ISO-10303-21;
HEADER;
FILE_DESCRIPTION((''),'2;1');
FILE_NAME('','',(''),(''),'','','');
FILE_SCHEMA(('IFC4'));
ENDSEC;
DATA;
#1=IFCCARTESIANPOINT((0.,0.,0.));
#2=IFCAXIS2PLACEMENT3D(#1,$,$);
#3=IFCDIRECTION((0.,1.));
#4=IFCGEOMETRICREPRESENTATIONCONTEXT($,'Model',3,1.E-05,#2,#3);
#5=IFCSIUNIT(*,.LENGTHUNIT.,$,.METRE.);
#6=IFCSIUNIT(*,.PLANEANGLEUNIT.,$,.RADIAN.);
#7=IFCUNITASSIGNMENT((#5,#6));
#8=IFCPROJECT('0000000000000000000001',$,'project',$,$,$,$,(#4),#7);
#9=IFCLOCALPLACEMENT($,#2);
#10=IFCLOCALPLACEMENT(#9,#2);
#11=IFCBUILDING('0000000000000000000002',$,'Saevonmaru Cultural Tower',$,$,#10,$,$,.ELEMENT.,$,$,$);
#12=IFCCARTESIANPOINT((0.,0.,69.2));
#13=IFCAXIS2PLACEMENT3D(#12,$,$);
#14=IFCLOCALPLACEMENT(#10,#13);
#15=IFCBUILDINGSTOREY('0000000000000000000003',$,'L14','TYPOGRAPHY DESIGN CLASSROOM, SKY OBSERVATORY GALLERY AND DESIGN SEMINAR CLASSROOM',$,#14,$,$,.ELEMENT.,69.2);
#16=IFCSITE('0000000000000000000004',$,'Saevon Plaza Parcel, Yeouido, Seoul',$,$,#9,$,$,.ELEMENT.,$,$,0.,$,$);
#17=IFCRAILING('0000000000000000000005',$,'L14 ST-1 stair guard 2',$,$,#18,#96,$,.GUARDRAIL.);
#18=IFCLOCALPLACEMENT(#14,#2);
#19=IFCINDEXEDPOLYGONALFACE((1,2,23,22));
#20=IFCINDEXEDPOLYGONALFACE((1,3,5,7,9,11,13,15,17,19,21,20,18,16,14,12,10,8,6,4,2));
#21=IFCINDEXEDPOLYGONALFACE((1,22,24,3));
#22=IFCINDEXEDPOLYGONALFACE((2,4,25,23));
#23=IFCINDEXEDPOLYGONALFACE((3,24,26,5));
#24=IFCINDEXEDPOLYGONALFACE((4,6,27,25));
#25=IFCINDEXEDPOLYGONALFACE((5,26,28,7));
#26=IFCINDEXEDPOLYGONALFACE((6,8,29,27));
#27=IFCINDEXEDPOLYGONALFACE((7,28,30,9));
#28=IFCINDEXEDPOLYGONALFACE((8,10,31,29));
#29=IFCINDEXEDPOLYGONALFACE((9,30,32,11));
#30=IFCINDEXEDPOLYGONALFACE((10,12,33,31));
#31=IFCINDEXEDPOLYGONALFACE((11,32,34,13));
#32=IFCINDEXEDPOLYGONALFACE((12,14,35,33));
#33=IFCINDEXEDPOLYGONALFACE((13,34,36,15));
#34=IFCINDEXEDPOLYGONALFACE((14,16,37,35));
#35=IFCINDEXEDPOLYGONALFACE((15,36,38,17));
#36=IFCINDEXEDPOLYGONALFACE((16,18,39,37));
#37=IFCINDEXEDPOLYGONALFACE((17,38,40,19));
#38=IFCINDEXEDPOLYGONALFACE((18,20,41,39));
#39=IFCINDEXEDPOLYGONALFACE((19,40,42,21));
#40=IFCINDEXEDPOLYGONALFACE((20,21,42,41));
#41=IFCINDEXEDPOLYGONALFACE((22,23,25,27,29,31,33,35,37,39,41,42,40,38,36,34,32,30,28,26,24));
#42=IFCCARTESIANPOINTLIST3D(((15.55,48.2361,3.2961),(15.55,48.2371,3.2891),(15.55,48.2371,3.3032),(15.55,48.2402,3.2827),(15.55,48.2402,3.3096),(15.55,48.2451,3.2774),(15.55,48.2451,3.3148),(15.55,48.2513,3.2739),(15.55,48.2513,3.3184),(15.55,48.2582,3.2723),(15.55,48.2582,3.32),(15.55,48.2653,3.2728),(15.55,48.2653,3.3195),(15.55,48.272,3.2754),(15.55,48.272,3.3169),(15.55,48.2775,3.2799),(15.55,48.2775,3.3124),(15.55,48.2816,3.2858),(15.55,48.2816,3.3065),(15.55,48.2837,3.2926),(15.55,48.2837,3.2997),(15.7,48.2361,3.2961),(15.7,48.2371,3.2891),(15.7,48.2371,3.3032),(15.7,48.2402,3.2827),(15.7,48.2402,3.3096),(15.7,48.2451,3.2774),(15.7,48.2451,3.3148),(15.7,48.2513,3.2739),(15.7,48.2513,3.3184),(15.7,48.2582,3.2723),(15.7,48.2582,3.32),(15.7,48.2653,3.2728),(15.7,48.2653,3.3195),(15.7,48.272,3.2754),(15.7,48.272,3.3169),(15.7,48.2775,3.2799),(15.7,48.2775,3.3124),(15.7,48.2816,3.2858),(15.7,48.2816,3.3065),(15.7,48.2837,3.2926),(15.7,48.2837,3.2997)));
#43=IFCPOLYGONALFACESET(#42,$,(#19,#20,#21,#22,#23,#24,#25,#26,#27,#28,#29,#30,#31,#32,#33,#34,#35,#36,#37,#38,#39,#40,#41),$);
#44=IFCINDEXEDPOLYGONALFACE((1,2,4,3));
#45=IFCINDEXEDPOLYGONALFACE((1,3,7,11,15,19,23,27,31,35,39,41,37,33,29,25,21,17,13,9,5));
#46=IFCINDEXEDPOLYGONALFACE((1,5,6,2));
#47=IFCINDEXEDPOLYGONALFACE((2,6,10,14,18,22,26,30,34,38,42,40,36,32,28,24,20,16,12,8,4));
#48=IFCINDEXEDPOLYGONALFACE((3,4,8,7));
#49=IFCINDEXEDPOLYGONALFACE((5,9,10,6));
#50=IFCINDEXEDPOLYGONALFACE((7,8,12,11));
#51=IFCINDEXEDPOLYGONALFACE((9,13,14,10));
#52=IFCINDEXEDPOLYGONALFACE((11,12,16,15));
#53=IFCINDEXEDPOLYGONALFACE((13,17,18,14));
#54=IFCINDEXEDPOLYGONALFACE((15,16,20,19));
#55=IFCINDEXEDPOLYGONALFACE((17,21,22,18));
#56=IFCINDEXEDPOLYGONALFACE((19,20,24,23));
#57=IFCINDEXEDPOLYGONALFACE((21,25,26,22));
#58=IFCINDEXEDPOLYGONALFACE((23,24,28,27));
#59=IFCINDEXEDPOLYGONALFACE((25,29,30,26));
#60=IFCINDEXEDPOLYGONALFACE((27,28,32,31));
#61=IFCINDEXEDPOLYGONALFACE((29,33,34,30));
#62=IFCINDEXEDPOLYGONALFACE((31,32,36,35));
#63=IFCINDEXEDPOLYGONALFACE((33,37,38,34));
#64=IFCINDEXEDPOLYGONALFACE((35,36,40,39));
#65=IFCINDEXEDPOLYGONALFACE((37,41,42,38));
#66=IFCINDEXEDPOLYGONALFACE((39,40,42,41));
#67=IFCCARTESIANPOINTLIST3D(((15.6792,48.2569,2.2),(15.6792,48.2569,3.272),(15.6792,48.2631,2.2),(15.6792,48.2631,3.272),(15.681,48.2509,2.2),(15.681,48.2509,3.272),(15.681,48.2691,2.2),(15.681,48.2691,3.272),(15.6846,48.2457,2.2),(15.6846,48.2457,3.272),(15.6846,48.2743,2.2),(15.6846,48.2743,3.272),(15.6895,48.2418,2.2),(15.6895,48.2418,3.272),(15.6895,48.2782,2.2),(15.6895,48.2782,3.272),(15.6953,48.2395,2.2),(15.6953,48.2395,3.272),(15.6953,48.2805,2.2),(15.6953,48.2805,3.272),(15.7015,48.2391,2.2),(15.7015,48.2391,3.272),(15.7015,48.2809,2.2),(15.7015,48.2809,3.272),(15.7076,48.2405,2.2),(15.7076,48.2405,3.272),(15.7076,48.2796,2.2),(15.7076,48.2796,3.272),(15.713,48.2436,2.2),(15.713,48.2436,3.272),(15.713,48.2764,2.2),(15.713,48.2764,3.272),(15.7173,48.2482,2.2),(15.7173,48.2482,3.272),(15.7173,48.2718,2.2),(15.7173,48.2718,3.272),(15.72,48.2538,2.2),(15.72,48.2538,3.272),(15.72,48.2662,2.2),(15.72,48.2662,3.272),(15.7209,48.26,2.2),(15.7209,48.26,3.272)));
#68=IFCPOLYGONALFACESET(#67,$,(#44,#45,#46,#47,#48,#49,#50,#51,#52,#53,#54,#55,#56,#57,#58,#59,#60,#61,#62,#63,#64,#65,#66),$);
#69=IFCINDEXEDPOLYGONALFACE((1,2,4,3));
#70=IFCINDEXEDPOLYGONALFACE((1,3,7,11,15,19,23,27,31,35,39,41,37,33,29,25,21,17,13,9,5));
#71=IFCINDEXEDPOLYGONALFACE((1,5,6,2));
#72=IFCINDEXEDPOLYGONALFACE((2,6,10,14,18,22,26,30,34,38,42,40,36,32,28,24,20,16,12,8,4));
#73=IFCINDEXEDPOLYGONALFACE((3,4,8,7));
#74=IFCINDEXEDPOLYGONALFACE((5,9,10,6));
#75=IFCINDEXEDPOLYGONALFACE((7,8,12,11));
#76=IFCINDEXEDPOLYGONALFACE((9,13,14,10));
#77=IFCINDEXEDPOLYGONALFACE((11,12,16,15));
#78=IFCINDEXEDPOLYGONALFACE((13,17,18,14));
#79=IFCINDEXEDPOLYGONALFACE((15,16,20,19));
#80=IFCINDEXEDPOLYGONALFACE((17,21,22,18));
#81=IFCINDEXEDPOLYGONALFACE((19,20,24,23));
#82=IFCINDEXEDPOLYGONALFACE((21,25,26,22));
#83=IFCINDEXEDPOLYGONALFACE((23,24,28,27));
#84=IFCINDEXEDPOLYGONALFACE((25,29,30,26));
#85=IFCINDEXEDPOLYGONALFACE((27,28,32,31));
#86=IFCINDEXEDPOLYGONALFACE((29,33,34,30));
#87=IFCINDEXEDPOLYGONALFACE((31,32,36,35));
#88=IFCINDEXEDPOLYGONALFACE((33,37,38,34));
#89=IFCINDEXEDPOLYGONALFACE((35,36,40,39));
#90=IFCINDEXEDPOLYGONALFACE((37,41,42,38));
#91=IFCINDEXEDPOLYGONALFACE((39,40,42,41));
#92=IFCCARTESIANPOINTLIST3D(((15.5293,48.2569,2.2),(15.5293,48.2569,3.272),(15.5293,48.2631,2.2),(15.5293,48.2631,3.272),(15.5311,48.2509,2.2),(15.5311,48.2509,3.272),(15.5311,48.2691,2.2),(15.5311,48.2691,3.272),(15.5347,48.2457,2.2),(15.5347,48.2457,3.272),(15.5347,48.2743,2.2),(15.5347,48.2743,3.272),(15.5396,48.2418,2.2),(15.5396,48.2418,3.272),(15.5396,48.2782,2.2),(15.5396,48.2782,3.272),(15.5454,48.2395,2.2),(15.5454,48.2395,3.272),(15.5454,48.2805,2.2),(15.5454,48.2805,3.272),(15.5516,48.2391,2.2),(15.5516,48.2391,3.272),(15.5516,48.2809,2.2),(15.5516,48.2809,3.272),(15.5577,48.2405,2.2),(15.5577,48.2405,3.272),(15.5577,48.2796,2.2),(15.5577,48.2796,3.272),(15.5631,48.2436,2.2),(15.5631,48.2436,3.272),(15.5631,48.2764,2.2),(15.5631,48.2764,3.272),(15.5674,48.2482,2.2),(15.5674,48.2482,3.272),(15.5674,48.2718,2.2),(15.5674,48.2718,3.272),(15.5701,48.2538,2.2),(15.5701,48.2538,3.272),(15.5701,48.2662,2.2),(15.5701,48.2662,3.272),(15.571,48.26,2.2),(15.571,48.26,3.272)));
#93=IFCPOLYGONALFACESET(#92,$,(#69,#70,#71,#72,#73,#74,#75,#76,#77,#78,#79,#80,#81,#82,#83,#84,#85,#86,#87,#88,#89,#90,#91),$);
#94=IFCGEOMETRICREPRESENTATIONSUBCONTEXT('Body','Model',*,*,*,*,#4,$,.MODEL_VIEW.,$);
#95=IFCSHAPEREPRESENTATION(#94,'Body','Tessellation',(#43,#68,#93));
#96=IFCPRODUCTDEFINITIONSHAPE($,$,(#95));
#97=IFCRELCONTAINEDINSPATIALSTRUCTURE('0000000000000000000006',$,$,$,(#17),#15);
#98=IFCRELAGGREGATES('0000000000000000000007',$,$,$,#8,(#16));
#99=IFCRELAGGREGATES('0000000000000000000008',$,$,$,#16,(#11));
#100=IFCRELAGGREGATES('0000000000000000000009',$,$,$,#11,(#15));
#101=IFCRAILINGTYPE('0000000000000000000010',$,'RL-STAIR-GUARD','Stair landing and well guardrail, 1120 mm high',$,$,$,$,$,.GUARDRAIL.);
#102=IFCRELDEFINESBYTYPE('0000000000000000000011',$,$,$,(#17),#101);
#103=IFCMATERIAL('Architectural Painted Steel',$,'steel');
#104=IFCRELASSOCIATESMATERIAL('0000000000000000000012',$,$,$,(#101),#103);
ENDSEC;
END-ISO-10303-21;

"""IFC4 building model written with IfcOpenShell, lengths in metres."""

from ifc_helpers import new_model, si_unit, direction, frame, origin, origin_2d, place, context, subcontext, project, spatial, circle, extrude, material, type_object, element, save


model = new_model("IFC4")

# Units and contexts
model_context = context("Model", 3, precision=1e-05, world=origin(), true_north=direction((0.0, 1.0)))
body_context = subcontext(model_context, "Body", "Model", "MODEL_VIEW")
ifc_project = project(units=[si_unit("LENGTHUNIT", "METRE"), si_unit("PLANEANGLEUNIT", "RADIAN")], contexts=[model_context])

# Site, building, storey
site_placement = place(None, origin())
site = spatial("IfcSite", under=ifc_project, at=site_placement, Name="Saevon Plaza Parcel, Yeouido, Seoul", CompositionType="ELEMENT", RefElevation=0.0)
building_placement = place(site_placement, origin())
building = spatial("IfcBuilding", under=site, at=building_placement, Name="Saevonmaru Cultural Tower", CompositionType="ELEMENT")
storey_placement = place(building_placement, frame((0.0, 0.0, 69.2)))
storey = spatial("IfcBuildingStorey", under=building, at=storey_placement, Name="L14", Description="TYPOGRAPHY DESIGN CLASSROOM, SKY OBSERVATORY GALLERY AND DESIGN SEMINAR CLASSROOM", CompositionType="ELEMENT", Elevation=69.2)

# Railing
ifc_material_1 = material(Name="Architectural Painted Steel", Category="steel")
railing_type = type_object("IfcRailingType", Name="RL-STAIR-GUARD", Description="Stair landing and well guardrail, 1120 mm high", PredefinedType="GUARDRAIL", material=ifc_material_1)
railing_1_placement = place(storey_placement, frame((15.7, 48.26, 2.2)))
element("IfcRailing", 1, at=railing_1_placement, inside=storey, type_object=railing_type, Name="L14 ST-1 stair guard 2", PredefinedType="GUARDRAIL", context=body_context, shape_type="SweptSolid", body=[
    extrude(circle(Radius=0.0239, at=origin_2d()), frame((0.0, 0.0, 1.0962), z_axis=(-1.0, 0.0, 0.0), x_axis=(0.0, -1.0, 0.0)), (0.0, 0.0, 1.0), 0.1499),
    extrude(circle(Radius=0.021, at=origin_2d()), origin(), (0.0, 0.0, 1.0), 1.072),
    extrude(circle(Radius=0.021, at=origin_2d()), frame((-0.1499, 0.0, 0.0)), (0.0, 0.0, 1.0), 1.072),
])

save(model, "model.ifc")
